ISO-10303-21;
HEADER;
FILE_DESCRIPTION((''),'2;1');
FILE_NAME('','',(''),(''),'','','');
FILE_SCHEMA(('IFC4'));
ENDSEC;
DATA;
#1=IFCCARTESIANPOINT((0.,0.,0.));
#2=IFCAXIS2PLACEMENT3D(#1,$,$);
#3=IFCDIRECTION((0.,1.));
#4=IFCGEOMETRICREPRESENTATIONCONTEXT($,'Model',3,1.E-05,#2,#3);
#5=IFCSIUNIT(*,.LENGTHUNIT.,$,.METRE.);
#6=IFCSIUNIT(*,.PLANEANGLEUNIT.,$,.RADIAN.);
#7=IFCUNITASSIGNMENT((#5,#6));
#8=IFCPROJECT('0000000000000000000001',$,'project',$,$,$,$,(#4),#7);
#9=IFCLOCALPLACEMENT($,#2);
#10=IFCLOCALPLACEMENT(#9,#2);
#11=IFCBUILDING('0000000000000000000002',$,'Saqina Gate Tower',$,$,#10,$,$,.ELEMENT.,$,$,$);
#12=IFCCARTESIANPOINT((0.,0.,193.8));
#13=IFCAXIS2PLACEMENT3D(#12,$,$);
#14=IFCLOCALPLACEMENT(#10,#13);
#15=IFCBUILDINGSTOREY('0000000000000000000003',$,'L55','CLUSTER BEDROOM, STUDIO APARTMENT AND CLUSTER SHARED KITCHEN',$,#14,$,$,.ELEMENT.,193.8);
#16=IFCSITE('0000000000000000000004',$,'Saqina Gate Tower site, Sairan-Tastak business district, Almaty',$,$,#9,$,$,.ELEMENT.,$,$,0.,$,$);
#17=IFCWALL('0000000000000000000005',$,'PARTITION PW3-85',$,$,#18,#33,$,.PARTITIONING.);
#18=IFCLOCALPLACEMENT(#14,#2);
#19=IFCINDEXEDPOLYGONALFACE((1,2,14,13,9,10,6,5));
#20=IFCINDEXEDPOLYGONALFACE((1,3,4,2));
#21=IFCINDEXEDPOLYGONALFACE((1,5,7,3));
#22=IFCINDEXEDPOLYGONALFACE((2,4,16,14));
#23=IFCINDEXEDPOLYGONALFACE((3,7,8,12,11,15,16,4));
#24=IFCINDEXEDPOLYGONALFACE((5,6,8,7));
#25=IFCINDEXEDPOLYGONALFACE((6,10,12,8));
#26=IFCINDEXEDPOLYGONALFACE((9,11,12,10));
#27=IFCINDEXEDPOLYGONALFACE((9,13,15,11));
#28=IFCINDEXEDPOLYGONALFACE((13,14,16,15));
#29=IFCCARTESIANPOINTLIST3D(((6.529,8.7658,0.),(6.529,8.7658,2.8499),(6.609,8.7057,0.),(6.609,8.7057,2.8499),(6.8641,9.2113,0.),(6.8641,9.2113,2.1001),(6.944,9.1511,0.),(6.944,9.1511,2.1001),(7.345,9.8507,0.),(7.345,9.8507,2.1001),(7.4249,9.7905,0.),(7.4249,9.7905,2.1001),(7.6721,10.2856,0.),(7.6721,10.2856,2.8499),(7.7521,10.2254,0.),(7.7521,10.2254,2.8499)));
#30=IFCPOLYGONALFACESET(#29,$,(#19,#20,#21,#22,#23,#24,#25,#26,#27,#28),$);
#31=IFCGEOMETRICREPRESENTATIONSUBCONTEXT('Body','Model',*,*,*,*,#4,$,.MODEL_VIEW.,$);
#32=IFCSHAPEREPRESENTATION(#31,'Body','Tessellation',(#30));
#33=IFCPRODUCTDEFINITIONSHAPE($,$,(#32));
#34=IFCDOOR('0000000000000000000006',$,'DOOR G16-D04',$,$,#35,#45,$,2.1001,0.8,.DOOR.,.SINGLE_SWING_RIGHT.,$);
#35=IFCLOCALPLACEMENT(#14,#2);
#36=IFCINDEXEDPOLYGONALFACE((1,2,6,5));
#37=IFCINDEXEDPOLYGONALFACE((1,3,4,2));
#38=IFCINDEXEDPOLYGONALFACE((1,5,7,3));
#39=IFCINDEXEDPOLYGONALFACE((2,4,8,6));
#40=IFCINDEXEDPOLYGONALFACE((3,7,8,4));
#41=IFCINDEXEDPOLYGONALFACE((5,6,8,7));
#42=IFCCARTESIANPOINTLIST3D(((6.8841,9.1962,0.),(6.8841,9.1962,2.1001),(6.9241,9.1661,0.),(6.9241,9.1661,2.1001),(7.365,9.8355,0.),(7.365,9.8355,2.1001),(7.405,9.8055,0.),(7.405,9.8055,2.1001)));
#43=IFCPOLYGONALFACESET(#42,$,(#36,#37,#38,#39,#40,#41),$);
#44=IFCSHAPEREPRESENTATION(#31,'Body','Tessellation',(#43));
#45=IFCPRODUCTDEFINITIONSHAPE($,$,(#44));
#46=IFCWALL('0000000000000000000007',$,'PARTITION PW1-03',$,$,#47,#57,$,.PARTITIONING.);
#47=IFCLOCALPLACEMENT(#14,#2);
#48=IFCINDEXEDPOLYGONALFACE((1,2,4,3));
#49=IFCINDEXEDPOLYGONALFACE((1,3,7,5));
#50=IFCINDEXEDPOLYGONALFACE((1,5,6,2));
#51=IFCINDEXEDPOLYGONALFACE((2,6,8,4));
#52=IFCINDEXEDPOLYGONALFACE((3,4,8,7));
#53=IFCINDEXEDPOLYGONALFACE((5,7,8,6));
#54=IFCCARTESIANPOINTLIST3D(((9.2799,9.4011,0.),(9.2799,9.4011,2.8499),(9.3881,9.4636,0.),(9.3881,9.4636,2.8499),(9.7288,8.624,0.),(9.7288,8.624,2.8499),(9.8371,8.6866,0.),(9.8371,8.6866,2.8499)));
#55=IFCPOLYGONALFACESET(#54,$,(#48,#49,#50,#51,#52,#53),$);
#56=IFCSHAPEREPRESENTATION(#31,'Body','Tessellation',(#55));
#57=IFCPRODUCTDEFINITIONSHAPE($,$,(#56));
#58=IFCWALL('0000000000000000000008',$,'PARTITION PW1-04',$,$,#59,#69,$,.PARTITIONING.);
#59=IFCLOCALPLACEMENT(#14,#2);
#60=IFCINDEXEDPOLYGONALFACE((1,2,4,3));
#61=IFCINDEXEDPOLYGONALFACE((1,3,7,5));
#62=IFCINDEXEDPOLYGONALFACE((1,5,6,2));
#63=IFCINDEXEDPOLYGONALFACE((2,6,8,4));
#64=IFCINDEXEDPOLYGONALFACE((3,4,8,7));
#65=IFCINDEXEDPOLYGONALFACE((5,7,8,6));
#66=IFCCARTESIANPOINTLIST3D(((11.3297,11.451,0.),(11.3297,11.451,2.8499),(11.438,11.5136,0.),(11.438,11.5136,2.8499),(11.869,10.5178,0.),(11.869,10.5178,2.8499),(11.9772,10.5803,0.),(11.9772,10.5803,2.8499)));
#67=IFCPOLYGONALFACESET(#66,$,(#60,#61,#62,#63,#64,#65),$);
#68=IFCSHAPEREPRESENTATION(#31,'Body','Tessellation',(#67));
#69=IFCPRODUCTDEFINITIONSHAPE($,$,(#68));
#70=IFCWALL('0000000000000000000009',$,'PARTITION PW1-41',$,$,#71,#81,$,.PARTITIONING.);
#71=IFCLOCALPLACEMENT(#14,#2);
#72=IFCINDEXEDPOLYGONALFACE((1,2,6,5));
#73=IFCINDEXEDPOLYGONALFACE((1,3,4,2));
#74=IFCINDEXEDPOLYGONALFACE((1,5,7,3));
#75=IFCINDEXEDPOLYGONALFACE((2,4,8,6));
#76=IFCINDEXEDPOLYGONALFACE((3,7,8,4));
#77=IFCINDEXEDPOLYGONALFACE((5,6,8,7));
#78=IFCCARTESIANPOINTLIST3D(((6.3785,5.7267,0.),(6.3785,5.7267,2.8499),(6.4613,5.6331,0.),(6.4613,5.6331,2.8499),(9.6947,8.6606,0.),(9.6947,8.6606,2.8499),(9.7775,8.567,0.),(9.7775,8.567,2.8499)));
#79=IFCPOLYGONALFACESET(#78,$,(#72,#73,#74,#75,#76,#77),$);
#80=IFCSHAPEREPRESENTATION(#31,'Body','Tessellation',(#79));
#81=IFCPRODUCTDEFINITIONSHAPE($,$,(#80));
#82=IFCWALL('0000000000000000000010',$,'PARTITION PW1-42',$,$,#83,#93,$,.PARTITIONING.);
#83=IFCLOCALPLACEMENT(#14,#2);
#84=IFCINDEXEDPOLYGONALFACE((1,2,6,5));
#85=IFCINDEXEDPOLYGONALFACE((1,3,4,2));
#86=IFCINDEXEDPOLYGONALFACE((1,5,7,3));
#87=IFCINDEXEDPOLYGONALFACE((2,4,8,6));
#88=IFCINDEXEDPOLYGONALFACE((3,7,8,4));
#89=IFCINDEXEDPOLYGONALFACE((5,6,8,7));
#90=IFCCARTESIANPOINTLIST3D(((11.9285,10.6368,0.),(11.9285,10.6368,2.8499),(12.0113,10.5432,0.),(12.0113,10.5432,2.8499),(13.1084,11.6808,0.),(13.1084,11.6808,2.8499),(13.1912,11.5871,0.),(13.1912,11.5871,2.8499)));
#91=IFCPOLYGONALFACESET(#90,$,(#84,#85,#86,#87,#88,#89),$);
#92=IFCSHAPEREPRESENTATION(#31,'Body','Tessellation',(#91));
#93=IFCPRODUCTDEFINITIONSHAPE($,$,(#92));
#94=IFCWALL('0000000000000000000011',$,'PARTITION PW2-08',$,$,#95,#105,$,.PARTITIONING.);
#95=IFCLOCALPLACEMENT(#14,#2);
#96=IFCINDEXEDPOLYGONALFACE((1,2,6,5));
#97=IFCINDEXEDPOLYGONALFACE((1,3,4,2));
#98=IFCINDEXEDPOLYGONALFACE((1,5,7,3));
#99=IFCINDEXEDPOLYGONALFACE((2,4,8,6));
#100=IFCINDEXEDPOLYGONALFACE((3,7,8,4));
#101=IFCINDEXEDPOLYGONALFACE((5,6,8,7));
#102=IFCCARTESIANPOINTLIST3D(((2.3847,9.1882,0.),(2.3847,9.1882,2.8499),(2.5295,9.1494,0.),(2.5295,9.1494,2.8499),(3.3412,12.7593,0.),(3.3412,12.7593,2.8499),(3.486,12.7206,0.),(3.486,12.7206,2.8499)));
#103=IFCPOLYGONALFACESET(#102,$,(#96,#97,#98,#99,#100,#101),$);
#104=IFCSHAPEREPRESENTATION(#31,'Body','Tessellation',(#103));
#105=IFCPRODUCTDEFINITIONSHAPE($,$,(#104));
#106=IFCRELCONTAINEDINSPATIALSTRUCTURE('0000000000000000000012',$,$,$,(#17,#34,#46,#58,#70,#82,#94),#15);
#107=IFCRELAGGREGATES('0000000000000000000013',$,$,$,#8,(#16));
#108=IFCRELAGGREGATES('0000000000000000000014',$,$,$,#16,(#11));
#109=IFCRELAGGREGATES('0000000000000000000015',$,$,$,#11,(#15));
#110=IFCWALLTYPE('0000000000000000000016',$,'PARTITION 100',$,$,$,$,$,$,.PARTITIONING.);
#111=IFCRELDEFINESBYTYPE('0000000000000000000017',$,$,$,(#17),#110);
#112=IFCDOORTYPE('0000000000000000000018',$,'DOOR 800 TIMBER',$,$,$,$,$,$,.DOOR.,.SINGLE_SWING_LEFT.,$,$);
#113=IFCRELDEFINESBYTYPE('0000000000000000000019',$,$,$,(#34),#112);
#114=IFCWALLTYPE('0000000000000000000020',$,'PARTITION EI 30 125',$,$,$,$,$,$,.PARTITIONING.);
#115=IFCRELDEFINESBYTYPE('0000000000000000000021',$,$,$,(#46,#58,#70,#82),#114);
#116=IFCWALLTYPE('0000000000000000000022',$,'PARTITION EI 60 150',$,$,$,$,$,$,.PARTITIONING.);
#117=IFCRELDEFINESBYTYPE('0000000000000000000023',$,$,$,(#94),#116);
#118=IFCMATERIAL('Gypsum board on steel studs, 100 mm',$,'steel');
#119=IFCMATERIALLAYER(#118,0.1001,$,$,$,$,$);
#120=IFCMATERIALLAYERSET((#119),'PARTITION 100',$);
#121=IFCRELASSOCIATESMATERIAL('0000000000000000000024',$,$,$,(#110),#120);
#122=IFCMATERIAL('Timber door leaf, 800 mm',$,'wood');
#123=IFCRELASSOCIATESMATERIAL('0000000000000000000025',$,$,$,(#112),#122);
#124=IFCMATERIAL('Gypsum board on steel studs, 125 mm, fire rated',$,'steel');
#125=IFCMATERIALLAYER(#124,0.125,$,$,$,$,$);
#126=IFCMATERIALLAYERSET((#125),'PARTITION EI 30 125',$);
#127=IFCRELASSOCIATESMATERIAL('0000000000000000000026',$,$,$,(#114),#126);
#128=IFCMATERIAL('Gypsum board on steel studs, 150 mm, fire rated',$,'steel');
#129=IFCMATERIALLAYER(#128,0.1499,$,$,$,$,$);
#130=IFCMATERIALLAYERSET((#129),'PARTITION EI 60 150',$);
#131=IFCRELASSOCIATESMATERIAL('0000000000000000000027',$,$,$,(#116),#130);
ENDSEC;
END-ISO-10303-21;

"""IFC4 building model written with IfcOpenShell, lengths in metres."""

from ifc_helpers import new_model, si_unit, direction, frame, frame_2d, origin, place, context, subcontext, project, spatial, rectangle, extrude, material, layer, layer_set, type_object, element, fill, save


model = new_model("IFC4")

# Units and contexts
model_context = context("Model", 3, precision=1e-05, world=origin(), true_north=direction((0.0, 1.0)))
body_context = subcontext(model_context, "Body", "Model", "MODEL_VIEW")
ifc_project = project(units=[si_unit("LENGTHUNIT", "METRE"), si_unit("PLANEANGLEUNIT", "RADIAN")], contexts=[model_context])

# Site, building, storey
site_placement = place(None, origin())
site = spatial("IfcSite", under=ifc_project, at=site_placement, Name="Saqina Gate Tower site, Sairan-Tastak business district, Almaty", CompositionType="ELEMENT", RefElevation=0.0)
building_placement = place(site_placement, origin())
building = spatial("IfcBuilding", under=site, at=building_placement, Name="Saqina Gate Tower", CompositionType="ELEMENT")
storey_placement = place(building_placement, frame((0.0, 0.0, 193.8)))
storey = spatial("IfcBuildingStorey", under=building, at=storey_placement, Name="L55", Description="CLUSTER BEDROOM, STUDIO APARTMENT AND CLUSTER SHARED KITCHEN", CompositionType="ELEMENT", Elevation=193.8)

# Shared definitions
ifc_material_1 = material(Name="Gypsum board on steel studs, 100 mm", Category="steel")
ifc_layer_1 = layer(ifc_material_1, 0.1001)
ifc_layer_set_1 = layer_set([ifc_layer_1], Name="PARTITION 100")
wall_type_1 = type_object("IfcWallType", Name="PARTITION 100", PredefinedType="PARTITIONING", material=ifc_layer_set_1)

# Wall, opening, door
wall_1_placement = place(storey_placement, frame((6.5691, 8.7358, 0.0), z_axis=(0.0, 0.0, 1.0), x_axis=(0.601088, 0.799183, 0.0)))
wall_1 = element("IfcWall", 1, at=wall_1_placement, inside=storey, type_object=wall_type_1, Name="PARTITION PW3-85", PredefinedType="PARTITIONING", context=body_context, shape_type="SweptSolid", body=[
    extrude(rectangle(XDim=1.9016, YDim=0.1001, at=frame_2d((0.9507, 0.0))), origin(), (0.0, 0.0, 1.0), 2.8499),
])
opening_1_placement = place(wall_1_placement, frame((0.5574, 0.0, 0.0)))
opening_1 = element("IfcOpeningElement", 2, at=opening_1_placement, cuts=wall_1, PredefinedType="OPENING", context=body_context, shape_type="SweptSolid", body=[
    extrude(rectangle(XDim=0.8, YDim=2.1001, at=frame_2d((0.3999, 1.05))), frame((0.0, 0.062, 0.0), z_axis=(0.0, -1.0, 0.0), x_axis=(1.0, 0.0, 0.0)), (0.0, 0.0, 1.0), 0.124),
])
ifc_material_2 = material(Name="Timber door leaf, 800 mm", Category="wood")
door_type_1 = type_object("IfcDoorType", Name="DOOR 800 TIMBER", OperationType="SINGLE_SWING_LEFT", PredefinedType="DOOR", material=ifc_material_2)
door_1_placement = place(opening_1_placement, origin())
door_1 = element("IfcDoor", 3, at=door_1_placement, inside=storey, type_object=door_type_1, Name="DOOR G16-D04", OperationType="SINGLE_SWING_RIGHT", OverallHeight=2.1001, OverallWidth=0.8, PredefinedType="DOOR", context=body_context, shape_type="SweptSolid", body=[
    extrude(rectangle(XDim=0.8, YDim=2.1001, at=frame_2d((0.3999, 1.05))), frame((0.0, 0.0249, 0.0), z_axis=(0.0, -1.0, 0.0), x_axis=(1.0, 0.0, 0.0)), (0.0, 0.0, 1.0), 0.05),
])
fill(opening_1, door_1)

# Walls
ifc_material_3 = material(Name="Gypsum board on steel studs, 125 mm, fire rated", Category="steel")
ifc_layer_2 = layer(ifc_material_3, 0.125)
ifc_layer_set_2 = layer_set([ifc_layer_2], Name="PARTITION EI 30 125")
wall_type_2 = type_object("IfcWallType", Name="PARTITION EI 30 125", PredefinedType="PARTITIONING", material=ifc_layer_set_2)
wall_2_placement = place(storey_placement, frame((9.334, 9.4324, 0.0), z_axis=(0.0, 0.0, 1.0), x_axis=(0.500264, -0.865873, 0.0)))
element("IfcWall", 4, at=wall_2_placement, inside=storey, type_object=wall_type_2, Name="PARTITION PW1-03", PredefinedType="PARTITIONING", context=body_context, shape_type="SweptSolid", body=[
    extrude(rectangle(XDim=0.8975, YDim=0.125, at=frame_2d((0.4487, 0.0))), origin(), (0.0, 0.0, 1.0), 2.8499),
])
wall_3_placement = place(storey_placement, frame((11.3838, 11.4824, 0.0), z_axis=(0.0, 0.0, 1.0), x_axis=(0.500304, -0.86585, 0.0)))
element("IfcWall", 5, at=wall_3_placement, inside=storey, type_object=wall_type_2, Name="PARTITION PW1-04", PredefinedType="PARTITIONING", context=body_context, shape_type="SweptSolid", body=[
    extrude(rectangle(XDim=1.0779, YDim=0.125, at=frame_2d((0.5391, 0.0))), origin(), (0.0, 0.0, 1.0), 2.8499),
])
wall_4_placement = place(storey_placement, frame((6.4199, 5.6799, 0.0), z_axis=(0.0, 0.0, 1.0), x_axis=(0.748962, 0.662613, 0.0)))
element("IfcWall", 6, at=wall_4_placement, inside=storey, type_object=wall_type_2, Name="PARTITION PW1-41", PredefinedType="PARTITIONING", context=body_context, shape_type="SweptSolid", body=[
    extrude(rectangle(XDim=4.4277, YDim=0.125, at=frame_2d((2.2139, 0.0))), origin(), (0.0, 0.0, 1.0), 2.8499),
])
wall_5_placement = place(storey_placement, frame((11.97, 10.5901, 0.0), z_axis=(0.0, 0.0, 1.0), x_axis=(0.748946, 0.662631, 0.0)))
element("IfcWall", 7, at=wall_5_placement, inside=storey, type_object=wall_type_2, Name="PARTITION PW1-42", PredefinedType="PARTITIONING", context=body_context, shape_type="SweptSolid", body=[
    extrude(rectangle(XDim=1.5754, YDim=0.125, at=frame_2d((0.7876, 0.0))), origin(), (0.0, 0.0, 1.0), 2.8499),
])
ifc_material_4 = material(Name="Gypsum board on steel studs, 150 mm, fire rated", Category="steel")
ifc_layer_3 = layer(ifc_material_4, 0.1499)
ifc_layer_set_3 = layer_set([ifc_layer_3], Name="PARTITION EI 60 150")
wall_type_3 = type_object("IfcWallType", Name="PARTITION EI 60 150", PredefinedType="PARTITIONING", material=ifc_layer_set_3)
wall_6_placement = place(storey_placement, frame((2.457, 9.1687, 0.0), z_axis=(0.0, 0.0, 1.0), x_axis=(0.258739, 0.965947, 0.0)))
element("IfcWall", 8, at=wall_6_placement, inside=storey, type_object=wall_type_3, Name="PARTITION PW2-08", PredefinedType="PARTITIONING", context=body_context, shape_type="SweptSolid", body=[
    extrude(rectangle(XDim=3.697, YDim=0.1499, at=frame_2d((1.8486, 0.0))), origin(), (0.0, 0.0, 1.0), 2.8499),
])

save(model, "model.ifc")
